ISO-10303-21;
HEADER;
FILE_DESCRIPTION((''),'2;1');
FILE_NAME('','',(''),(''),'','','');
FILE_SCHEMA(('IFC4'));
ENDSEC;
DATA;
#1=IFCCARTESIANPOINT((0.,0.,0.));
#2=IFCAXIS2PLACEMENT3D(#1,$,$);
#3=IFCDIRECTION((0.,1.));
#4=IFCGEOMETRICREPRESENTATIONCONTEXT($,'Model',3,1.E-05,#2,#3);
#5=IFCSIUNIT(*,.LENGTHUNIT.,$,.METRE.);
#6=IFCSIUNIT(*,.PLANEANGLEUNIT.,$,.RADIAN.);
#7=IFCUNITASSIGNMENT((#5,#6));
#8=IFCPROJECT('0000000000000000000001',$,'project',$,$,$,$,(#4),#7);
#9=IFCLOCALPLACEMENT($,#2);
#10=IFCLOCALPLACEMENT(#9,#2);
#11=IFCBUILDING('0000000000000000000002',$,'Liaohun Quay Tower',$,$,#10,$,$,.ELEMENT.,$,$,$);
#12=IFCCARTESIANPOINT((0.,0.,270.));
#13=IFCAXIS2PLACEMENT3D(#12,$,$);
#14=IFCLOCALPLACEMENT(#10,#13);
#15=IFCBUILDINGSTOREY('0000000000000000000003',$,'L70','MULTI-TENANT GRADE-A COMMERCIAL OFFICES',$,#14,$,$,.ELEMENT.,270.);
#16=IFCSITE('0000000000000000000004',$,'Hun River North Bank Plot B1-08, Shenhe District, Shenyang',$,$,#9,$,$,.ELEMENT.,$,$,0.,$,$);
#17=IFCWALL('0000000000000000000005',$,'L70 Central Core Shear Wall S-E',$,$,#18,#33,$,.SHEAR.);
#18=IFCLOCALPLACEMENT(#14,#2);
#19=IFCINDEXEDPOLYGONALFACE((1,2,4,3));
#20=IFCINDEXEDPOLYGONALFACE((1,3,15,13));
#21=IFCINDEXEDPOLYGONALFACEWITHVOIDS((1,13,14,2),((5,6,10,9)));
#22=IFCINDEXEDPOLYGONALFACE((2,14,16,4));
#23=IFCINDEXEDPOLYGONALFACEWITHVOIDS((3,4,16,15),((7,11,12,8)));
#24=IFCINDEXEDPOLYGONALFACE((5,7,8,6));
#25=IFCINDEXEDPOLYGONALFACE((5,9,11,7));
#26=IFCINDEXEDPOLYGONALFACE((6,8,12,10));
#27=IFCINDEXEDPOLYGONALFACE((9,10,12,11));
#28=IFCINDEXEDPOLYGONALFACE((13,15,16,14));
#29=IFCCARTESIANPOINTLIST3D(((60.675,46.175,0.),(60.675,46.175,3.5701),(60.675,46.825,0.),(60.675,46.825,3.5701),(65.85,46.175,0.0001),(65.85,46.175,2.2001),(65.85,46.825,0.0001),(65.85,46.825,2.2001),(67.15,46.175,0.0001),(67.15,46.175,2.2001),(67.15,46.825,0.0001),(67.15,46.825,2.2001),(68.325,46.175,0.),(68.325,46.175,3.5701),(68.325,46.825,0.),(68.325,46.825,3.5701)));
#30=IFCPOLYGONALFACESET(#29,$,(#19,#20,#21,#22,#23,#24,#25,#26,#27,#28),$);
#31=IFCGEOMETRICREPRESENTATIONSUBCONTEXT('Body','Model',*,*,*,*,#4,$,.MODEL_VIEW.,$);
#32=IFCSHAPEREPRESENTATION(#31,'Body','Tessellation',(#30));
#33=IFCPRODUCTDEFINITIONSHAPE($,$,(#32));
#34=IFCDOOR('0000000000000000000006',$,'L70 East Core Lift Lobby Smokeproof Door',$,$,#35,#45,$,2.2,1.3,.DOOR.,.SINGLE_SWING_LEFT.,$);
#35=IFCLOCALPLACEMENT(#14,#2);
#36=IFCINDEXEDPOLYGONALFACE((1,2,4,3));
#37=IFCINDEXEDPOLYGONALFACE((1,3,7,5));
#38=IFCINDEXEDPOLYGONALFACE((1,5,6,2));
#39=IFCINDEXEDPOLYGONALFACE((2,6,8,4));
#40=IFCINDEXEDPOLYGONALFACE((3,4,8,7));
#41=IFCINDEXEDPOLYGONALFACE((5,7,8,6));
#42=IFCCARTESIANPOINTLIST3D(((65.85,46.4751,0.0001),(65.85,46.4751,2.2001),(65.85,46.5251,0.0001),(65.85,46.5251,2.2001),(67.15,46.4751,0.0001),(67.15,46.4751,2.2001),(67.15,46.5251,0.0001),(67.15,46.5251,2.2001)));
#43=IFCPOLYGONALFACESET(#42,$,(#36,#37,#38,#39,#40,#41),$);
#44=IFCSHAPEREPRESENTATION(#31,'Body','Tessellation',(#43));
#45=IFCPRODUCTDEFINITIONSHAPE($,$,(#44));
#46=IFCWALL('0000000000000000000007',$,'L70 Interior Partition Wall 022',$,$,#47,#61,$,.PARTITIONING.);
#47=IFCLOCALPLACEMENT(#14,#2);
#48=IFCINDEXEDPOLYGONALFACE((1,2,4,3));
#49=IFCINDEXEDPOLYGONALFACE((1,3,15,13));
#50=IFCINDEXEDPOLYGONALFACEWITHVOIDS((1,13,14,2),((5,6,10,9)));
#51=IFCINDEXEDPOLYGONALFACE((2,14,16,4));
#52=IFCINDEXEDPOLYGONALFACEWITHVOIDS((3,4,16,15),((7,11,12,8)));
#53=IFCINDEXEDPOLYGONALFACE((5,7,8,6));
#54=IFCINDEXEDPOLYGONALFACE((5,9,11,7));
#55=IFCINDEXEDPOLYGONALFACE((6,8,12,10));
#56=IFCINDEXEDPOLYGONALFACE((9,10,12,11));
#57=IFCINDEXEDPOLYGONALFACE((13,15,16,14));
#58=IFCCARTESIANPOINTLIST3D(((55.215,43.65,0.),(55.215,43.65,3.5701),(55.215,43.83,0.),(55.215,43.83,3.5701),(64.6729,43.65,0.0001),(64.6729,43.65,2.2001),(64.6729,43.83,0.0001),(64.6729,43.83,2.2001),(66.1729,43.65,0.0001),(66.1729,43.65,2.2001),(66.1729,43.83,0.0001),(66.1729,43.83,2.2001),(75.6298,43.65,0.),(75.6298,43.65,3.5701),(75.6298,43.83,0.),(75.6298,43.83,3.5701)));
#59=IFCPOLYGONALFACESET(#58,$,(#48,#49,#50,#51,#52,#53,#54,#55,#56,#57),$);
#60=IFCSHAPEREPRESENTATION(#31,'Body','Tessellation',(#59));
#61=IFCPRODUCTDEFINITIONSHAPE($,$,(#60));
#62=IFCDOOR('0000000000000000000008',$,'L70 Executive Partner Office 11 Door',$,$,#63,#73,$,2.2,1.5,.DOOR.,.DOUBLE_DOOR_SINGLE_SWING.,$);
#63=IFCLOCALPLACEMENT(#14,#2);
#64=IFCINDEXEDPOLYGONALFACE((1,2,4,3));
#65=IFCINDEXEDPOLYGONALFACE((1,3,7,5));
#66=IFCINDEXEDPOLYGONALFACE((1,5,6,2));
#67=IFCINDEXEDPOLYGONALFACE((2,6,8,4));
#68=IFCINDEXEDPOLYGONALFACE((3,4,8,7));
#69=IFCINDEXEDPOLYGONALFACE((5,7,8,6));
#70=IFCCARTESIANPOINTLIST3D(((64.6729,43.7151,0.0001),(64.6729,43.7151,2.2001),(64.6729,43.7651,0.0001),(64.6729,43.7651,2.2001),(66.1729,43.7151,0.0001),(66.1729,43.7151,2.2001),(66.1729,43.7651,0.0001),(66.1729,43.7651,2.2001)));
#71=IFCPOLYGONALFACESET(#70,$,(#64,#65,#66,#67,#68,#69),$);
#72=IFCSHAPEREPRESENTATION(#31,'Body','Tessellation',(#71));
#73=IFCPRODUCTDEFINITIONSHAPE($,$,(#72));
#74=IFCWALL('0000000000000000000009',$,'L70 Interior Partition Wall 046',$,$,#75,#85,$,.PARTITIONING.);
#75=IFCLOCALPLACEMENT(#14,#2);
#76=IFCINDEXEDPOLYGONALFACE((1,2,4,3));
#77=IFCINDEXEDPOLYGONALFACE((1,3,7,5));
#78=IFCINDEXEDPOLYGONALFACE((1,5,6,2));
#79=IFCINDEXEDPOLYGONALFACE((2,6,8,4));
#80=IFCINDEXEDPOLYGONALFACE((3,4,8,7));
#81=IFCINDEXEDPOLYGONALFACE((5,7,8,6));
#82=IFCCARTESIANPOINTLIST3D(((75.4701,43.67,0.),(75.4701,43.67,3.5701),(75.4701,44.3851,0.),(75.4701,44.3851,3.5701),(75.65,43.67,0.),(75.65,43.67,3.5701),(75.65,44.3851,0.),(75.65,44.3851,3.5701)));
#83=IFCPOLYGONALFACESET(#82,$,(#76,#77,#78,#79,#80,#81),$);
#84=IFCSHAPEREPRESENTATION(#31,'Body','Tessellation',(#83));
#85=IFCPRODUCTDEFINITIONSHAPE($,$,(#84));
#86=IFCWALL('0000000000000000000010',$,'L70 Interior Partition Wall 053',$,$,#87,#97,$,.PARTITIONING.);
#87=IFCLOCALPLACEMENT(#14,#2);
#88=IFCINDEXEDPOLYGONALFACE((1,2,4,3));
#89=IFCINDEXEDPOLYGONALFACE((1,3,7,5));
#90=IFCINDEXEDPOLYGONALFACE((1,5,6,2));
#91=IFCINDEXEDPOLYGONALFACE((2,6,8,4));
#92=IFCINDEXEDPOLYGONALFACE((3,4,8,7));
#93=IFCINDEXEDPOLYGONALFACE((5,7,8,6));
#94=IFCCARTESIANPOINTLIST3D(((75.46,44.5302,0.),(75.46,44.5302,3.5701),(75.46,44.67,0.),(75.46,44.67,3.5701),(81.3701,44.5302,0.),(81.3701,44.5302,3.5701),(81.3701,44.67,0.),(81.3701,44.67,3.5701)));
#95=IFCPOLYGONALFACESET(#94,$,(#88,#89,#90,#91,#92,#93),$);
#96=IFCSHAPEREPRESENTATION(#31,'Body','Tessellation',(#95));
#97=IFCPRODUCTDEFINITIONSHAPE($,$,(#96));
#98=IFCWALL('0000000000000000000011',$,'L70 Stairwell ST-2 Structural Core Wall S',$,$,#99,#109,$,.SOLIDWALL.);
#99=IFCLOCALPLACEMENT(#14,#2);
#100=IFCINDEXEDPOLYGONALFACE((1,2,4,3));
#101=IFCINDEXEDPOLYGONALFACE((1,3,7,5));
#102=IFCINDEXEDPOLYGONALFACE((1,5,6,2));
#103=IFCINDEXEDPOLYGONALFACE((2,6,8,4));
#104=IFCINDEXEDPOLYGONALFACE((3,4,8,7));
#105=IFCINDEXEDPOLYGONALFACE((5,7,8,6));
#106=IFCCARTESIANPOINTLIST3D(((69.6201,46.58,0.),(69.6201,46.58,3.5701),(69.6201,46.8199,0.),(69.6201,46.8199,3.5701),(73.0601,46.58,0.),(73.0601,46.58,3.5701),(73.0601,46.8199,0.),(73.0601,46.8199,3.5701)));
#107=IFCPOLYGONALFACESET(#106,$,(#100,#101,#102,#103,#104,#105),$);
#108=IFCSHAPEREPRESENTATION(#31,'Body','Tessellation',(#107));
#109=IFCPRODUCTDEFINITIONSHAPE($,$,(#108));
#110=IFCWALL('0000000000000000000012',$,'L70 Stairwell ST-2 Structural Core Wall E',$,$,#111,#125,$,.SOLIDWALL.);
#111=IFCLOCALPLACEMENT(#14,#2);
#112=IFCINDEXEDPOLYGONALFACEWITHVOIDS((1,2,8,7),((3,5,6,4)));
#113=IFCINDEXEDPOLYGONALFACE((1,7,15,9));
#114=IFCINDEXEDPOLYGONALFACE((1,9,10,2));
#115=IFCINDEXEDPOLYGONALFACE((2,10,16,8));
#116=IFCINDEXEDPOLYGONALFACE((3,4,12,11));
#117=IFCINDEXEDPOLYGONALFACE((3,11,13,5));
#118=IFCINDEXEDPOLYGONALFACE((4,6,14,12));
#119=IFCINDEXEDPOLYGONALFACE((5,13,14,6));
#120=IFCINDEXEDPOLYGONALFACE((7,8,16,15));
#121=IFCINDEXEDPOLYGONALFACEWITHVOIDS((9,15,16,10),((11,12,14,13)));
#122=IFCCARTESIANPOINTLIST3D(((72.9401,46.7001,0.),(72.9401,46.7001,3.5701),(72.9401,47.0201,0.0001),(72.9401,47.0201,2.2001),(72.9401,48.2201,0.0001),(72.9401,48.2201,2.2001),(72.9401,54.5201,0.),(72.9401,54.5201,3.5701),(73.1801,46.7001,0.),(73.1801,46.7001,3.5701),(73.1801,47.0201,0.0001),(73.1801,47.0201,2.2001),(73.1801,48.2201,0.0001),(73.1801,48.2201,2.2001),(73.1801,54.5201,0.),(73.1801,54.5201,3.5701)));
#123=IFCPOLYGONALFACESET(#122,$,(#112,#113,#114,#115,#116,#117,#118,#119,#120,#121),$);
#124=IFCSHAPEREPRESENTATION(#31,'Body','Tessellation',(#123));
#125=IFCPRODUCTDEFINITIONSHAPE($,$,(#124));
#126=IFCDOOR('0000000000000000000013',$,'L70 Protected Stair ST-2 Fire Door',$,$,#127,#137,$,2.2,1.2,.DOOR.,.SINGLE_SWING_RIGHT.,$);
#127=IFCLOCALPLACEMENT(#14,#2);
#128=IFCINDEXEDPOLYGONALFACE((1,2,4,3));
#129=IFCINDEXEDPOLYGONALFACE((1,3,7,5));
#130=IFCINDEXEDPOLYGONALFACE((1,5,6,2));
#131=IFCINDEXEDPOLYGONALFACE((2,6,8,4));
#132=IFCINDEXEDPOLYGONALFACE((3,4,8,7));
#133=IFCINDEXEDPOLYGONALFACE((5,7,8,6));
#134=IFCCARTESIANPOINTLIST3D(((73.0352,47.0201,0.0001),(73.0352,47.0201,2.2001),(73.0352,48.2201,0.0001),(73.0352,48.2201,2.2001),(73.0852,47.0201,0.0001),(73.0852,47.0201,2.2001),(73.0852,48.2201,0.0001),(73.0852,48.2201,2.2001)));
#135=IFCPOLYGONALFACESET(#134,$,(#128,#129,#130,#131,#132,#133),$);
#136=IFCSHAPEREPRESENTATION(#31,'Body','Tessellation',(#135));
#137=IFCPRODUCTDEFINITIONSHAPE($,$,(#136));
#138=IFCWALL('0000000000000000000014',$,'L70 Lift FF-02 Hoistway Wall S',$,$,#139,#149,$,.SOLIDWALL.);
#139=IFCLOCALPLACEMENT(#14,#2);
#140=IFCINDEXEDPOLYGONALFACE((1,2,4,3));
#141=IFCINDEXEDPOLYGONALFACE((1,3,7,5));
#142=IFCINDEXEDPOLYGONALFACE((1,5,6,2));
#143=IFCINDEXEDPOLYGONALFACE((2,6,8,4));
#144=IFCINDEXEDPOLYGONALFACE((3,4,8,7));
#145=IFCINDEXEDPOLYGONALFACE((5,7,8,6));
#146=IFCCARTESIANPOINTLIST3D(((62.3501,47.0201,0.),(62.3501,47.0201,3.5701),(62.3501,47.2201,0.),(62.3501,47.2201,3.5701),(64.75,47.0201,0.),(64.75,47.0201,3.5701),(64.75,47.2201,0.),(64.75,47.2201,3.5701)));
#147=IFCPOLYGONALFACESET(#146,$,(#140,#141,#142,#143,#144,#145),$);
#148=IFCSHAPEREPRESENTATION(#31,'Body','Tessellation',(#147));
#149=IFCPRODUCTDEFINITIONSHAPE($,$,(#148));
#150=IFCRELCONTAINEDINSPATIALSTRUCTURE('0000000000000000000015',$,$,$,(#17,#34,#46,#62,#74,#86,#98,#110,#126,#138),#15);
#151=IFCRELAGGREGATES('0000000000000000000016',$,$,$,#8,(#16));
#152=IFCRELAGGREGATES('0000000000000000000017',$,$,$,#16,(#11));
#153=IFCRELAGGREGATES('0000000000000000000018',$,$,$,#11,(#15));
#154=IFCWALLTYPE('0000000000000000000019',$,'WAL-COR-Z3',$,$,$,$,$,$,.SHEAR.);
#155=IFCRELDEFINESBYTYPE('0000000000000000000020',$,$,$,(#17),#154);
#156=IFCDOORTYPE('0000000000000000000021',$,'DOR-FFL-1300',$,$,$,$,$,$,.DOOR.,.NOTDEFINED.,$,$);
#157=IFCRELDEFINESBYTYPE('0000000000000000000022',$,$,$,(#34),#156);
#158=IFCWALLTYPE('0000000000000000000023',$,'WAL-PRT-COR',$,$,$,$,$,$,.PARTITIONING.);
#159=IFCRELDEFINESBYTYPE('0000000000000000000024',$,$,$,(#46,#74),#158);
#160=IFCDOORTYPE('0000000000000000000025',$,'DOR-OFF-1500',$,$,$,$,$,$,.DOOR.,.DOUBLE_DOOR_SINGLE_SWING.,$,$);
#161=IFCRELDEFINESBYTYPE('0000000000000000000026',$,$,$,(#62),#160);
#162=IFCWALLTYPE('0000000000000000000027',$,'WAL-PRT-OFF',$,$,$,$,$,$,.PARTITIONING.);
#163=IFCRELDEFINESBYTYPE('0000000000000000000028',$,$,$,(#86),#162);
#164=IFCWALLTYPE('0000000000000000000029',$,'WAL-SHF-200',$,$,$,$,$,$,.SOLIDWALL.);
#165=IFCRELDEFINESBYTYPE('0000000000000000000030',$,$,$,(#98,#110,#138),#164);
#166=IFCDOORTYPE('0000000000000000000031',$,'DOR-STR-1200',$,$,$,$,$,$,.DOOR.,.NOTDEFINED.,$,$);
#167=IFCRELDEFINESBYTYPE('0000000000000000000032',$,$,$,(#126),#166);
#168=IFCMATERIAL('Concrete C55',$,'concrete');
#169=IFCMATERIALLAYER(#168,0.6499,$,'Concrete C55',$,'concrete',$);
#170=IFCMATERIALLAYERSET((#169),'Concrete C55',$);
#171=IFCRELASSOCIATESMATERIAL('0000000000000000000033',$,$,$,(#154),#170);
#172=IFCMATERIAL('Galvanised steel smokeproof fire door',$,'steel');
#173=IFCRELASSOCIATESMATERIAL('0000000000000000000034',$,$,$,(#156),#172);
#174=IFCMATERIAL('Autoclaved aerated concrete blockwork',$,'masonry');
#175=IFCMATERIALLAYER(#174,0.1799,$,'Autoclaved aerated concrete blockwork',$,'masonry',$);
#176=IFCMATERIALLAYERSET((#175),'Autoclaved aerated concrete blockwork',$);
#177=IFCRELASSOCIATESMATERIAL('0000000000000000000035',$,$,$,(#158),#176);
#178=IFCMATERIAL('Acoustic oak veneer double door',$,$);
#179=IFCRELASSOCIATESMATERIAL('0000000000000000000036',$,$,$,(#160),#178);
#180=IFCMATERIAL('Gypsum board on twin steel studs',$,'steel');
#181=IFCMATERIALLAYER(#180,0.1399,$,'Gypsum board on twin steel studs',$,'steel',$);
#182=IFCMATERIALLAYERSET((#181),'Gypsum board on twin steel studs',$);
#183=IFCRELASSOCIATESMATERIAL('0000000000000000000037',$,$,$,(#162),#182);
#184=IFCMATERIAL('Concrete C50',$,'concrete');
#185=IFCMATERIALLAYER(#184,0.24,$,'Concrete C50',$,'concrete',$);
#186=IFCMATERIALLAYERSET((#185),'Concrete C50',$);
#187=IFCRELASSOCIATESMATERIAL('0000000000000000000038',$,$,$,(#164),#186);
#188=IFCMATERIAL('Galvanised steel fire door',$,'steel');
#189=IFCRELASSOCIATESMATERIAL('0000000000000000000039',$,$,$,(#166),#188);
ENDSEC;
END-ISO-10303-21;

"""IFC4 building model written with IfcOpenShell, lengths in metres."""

from ifc_helpers import new_model, si_unit, direction, frame, frame_2d, origin, place, context, subcontext, project, spatial, rectangle, extrude, source, transform, mapped, material, layer, layer_set, type_object, element, fill, save


model = new_model("IFC4")

# Units and contexts
model_context = context("Model", 3, precision=1e-05, world=origin(), true_north=direction((0.0, 1.0)))
body_context = subcontext(model_context, "Body", "Model", "MODEL_VIEW")
ifc_project = project(units=[si_unit("LENGTHUNIT", "METRE"), si_unit("PLANEANGLEUNIT", "RADIAN")], contexts=[model_context])

# Site, building, storey
site_placement = place(None, origin())
site = spatial("IfcSite", under=ifc_project, at=site_placement, Name="Hun River North Bank Plot B1-08, Shenhe District, Shenyang", CompositionType="ELEMENT", RefElevation=0.0)
building_placement = place(site_placement, origin())
building = spatial("IfcBuilding", under=site, at=building_placement, Name="Liaohun Quay Tower", CompositionType="ELEMENT")
storey_placement = place(building_placement, frame((0.0, 0.0, 270.0)))
storey = spatial("IfcBuildingStorey", under=building, at=storey_placement, Name="L70", Description="MULTI-TENANT GRADE-A COMMERCIAL OFFICES", CompositionType="ELEMENT", Elevation=270.0)

# Shared definitions
ifc_material_1 = material(Name="Concrete C55", Category="concrete")

# Walls, openings, doors
ifc_layer_1 = layer(ifc_material_1, 0.6499, Name="Concrete C55", Category="concrete")
ifc_layer_set_1 = layer_set([ifc_layer_1], Name="Concrete C55")
wall_type_1 = type_object("IfcWallType", Name="WAL-COR-Z3", PredefinedType="SHEAR", material=ifc_layer_set_1)
wall_1_placement = place(storey_placement, frame((68.325, 46.5, 0.0), z_axis=(0.0, 0.0, 1.0), x_axis=(-1.0, 0.0, 0.0)))
wall_1 = element("IfcWall", 1, at=wall_1_placement, inside=storey, type_object=wall_type_1, Name="L70 Central Core Shear Wall S-E", PredefinedType="SHEAR", context=body_context, shape_type="SweptSolid", body=[
    extrude(rectangle(XDim=7.6499, YDim=0.6499, at=frame_2d((3.825, 0.0))), origin(), (0.0, 0.0, 1.0), 3.5701),
])
shared_shape_1 = source(origin(), body_context, "Body", "SweptSolid", [
    extrude(rectangle(XDim=1.3, YDim=2.2, at=frame_2d((0.6499, 1.1001))), frame((0.0, 0.335, 0.0), z_axis=(0.0, -1.0, 0.0), x_axis=(1.0, 0.0, 0.0)), (0.0, 0.0, 1.0), 0.6699),
])
opening_1_placement = place(wall_1_placement, frame((1.175, 0.0, 0.0)))
opening_1 = element("IfcOpeningElement", 2, at=opening_1_placement, cuts=wall_1, PredefinedType="OPENING", context=body_context, shape_type="MappedRepresentation", body=[
    mapped(shared_shape_1, transform((0.0, 0.0, 0.0), x_axis=(1.0, 0.0, 0.0), y_axis=(0.0, 1.0, 0.0), z_axis=(0.0, 0.0, 1.0), scale=1.0)),
])
ifc_material_2 = material(Name="Galvanised steel smokeproof fire door", Category="steel")
door_type_1 = type_object("IfcDoorType", Name="DOR-FFL-1300", OperationType="NOTDEFINED", PredefinedType="DOOR", material=ifc_material_2)
shared_shape_2 = source(origin(), body_context, "Body", "SweptSolid", [
    extrude(rectangle(XDim=1.3, YDim=2.2, at=frame_2d((0.6499, 1.1001))), frame((0.0, 0.0249, 0.0), z_axis=(0.0, -1.0, 0.0), x_axis=(1.0, 0.0, 0.0)), (0.0, 0.0, 1.0), 0.05),
])
door_1_placement = place(opening_1_placement, origin())
door_1 = element("IfcDoor", 3, at=door_1_placement, inside=storey, type_object=door_type_1, Name="L70 East Core Lift Lobby Smokeproof Door", OperationType="SINGLE_SWING_LEFT", OverallHeight=2.2, OverallWidth=1.3, PredefinedType="DOOR", context=body_context, shape_type="MappedRepresentation", body=[
    mapped(shared_shape_2, transform((0.0, 0.0, 0.0), x_axis=(1.0, 0.0, 0.0), y_axis=(0.0, 1.0, 0.0), z_axis=(0.0, 0.0, 1.0), scale=1.0)),
])
fill(opening_1, door_1)
ifc_material_3 = material(Name="Autoclaved aerated concrete blockwork", Category="masonry")
ifc_layer_2 = layer(ifc_material_3, 0.1799, Name="Autoclaved aerated concrete blockwork", Category="masonry")
ifc_layer_set_2 = layer_set([ifc_layer_2], Name="Autoclaved aerated concrete blockwork")
wall_type_2 = type_object("IfcWallType", Name="WAL-PRT-COR", PredefinedType="PARTITIONING", material=ifc_layer_set_2)
wall_2_placement = place(storey_placement, frame((75.6299, 43.74, 0.0), z_axis=(0.0, 0.0, 1.0), x_axis=(-1.0, 0.0, 0.0)))
wall_2 = element("IfcWall", 4, at=wall_2_placement, inside=storey, type_object=wall_type_2, Name="L70 Interior Partition Wall 022", PredefinedType="PARTITIONING", context=body_context, shape_type="SweptSolid", body=[
    extrude(rectangle(XDim=20.4148, YDim=0.1799, at=frame_2d((10.2075, 0.0))), origin(), (0.0, 0.0, 1.0), 3.5701),
])
shared_shape_3 = source(origin(), body_context, "Body", "SweptSolid", [
    extrude(rectangle(XDim=1.5, YDim=2.2, at=frame_2d((0.75, 1.1001))), frame((0.0, 0.0999, 0.0), z_axis=(0.0, -1.0, 0.0), x_axis=(1.0, 0.0, 0.0)), (0.0, 0.0, 1.0), 0.2),
])
opening_2_placement = place(wall_2_placement, frame((9.457, 0.0, 0.0)))
opening_2 = element("IfcOpeningElement", 5, at=opening_2_placement, cuts=wall_2, PredefinedType="OPENING", context=body_context, shape_type="MappedRepresentation", body=[
    mapped(shared_shape_3, transform((0.0, 0.0, 0.0), x_axis=(1.0, 0.0, 0.0), y_axis=(0.0, 1.0, 0.0), z_axis=(0.0, 0.0, 1.0), scale=1.0)),
])
ifc_material_4 = material(Name="Acoustic oak veneer double door")
door_type_2 = type_object("IfcDoorType", Name="DOR-OFF-1500", OperationType="DOUBLE_DOOR_SINGLE_SWING", PredefinedType="DOOR", material=ifc_material_4)
shared_shape_4 = source(origin(), body_context, "Body", "SweptSolid", [
    extrude(rectangle(XDim=1.5, YDim=2.2, at=frame_2d((0.75, 1.1001))), frame((0.0, 0.0249, 0.0), z_axis=(0.0, -1.0, 0.0), x_axis=(1.0, 0.0, 0.0)), (0.0, 0.0, 1.0), 0.05),
])
door_2_placement = place(opening_2_placement, origin())
door_2 = element("IfcDoor", 6, at=door_2_placement, inside=storey, type_object=door_type_2, Name="L70 Executive Partner Office 11 Door", OperationType="DOUBLE_DOOR_SINGLE_SWING", OverallHeight=2.2, OverallWidth=1.5, PredefinedType="DOOR", context=body_context, shape_type="MappedRepresentation", body=[
    mapped(shared_shape_4, transform((0.0, 0.0, 0.0), x_axis=(1.0, 0.0, 0.0), y_axis=(0.0, 1.0, 0.0), z_axis=(0.0, 0.0, 1.0), scale=1.0)),
])
fill(opening_2, door_2)

# Walls
wall_3_placement = place(storey_placement, frame((75.5601, 44.385, 0.0), z_axis=(0.0, 0.0, 1.0), x_axis=(0.0, -1.0, 0.0)))
element("IfcWall", 7, at=wall_3_placement, inside=storey, type_object=wall_type_2, Name="L70 Interior Partition Wall 046", PredefinedType="PARTITIONING", context=body_context, shape_type="SweptSolid", body=[
    extrude(rectangle(XDim=0.7151, YDim=0.1799, at=frame_2d((0.3574, 0.0))), origin(), (0.0, 0.0, 1.0), 3.5701),
])
ifc_material_5 = material(Name="Gypsum board on twin steel studs", Category="steel")
ifc_layer_3 = layer(ifc_material_5, 0.1399, Name="Gypsum board on twin steel studs", Category="steel")
ifc_layer_set_3 = layer_set([ifc_layer_3], Name="Gypsum board on twin steel studs")
wall_type_3 = type_object("IfcWallType", Name="WAL-PRT-OFF", PredefinedType="PARTITIONING", material=ifc_layer_set_3)
wall_4_placement = place(storey_placement, frame((75.46, 44.6001, 0.0), z_axis=(0.0, 0.0, 1.0), x_axis=(1.0, 0.0, 0.0)))
element("IfcWall", 8, at=wall_4_placement, inside=storey, type_object=wall_type_3, Name="L70 Interior Partition Wall 053", PredefinedType="PARTITIONING", context=body_context, shape_type="SweptSolid", body=[
    extrude(rectangle(XDim=5.9102, YDim=0.1399, at=frame_2d((2.9551, 0.0))), origin(), (0.0, 0.0, 1.0), 3.5701),
])
ifc_material_6 = material(Name="Concrete C50", Category="concrete")
ifc_layer_4 = layer(ifc_material_6, 0.24, Name="Concrete C50", Category="concrete")
ifc_layer_set_4 = layer_set([ifc_layer_4], Name="Concrete C50")
wall_type_4 = type_object("IfcWallType", Name="WAL-SHF-200", PredefinedType="SOLIDWALL", material=ifc_layer_set_4)
wall_5_placement = place(storey_placement, frame((69.6201, 46.7, 0.0), z_axis=(0.0, 0.0, 1.0), x_axis=(1.0, 0.0, 0.0)))
element("IfcWall", 9, at=wall_5_placement, inside=storey, type_object=wall_type_4, Name="L70 Stairwell ST-2 Structural Core Wall S", PredefinedType="SOLIDWALL", context=body_context, shape_type="SweptSolid", body=[
    extrude(rectangle(XDim=3.4399, YDim=0.24, at=frame_2d((1.72, 0.0))), origin(), (0.0, 0.0, 1.0), 3.5701),
])

# Wall, opening, door
wall_6_placement = place(storey_placement, frame((73.0601, 46.7, 0.0), z_axis=(0.0, 0.0, 1.0), x_axis=(0.0, 1.0, 0.0)))
wall_6 = element("IfcWall", 10, at=wall_6_placement, inside=storey, type_object=wall_type_4, Name="L70 Stairwell ST-2 Structural Core Wall E", PredefinedType="SOLIDWALL", context=body_context, shape_type="SweptSolid", body=[
    extrude(rectangle(XDim=7.8201, YDim=0.24, at=frame_2d((3.9102, 0.0))), origin(), (0.0, 0.0, 1.0), 3.5701),
])
shared_shape_5 = source(origin(), body_context, "Body", "SweptSolid", [
    extrude(rectangle(XDim=1.2, YDim=2.2, at=frame_2d((0.6001, 1.1001))), frame((0.0, 0.1299, 0.0), z_axis=(0.0, -1.0, 0.0), x_axis=(1.0, 0.0, 0.0)), (0.0, 0.0, 1.0), 0.26),
])
opening_3_placement = place(wall_6_placement, frame((0.3201, 0.0, 0.0)))
opening_3 = element("IfcOpeningElement", 11, at=opening_3_placement, cuts=wall_6, PredefinedType="OPENING", context=body_context, shape_type="MappedRepresentation", body=[
    mapped(shared_shape_5, transform((0.0, 0.0, 0.0), x_axis=(1.0, 0.0, 0.0), y_axis=(0.0, 1.0, 0.0), z_axis=(0.0, 0.0, 1.0), scale=1.0)),
])
ifc_material_7 = material(Name="Galvanised steel fire door", Category="steel")
door_type_3 = type_object("IfcDoorType", Name="DOR-STR-1200", OperationType="NOTDEFINED", PredefinedType="DOOR", material=ifc_material_7)
shared_shape_6 = source(origin(), body_context, "Body", "SweptSolid", [
    extrude(rectangle(XDim=1.2, YDim=2.2, at=frame_2d((0.6001, 1.1001))), frame((0.0, 0.0249, 0.0), z_axis=(0.0, -1.0, 0.0), x_axis=(1.0, 0.0, 0.0)), (0.0, 0.0, 1.0), 0.05),
])
door_3_placement = place(opening_3_placement, origin())
door_3 = element("IfcDoor", 12, at=door_3_placement, inside=storey, type_object=door_type_3, Name="L70 Protected Stair ST-2 Fire Door", OperationType="SINGLE_SWING_RIGHT", OverallHeight=2.2, OverallWidth=1.2, PredefinedType="DOOR", context=body_context, shape_type="MappedRepresentation", body=[
    mapped(shared_shape_6, transform((0.0, 0.0, 0.0), x_axis=(1.0, 0.0, 0.0), y_axis=(0.0, 1.0, 0.0), z_axis=(0.0, 0.0, 1.0), scale=1.0)),
])
fill(opening_3, door_3)

# Wall
wall_7_placement = place(storey_placement, frame((62.3501, 47.1201, 0.0), z_axis=(0.0, 0.0, 1.0), x_axis=(1.0, 0.0, 0.0)))
element("IfcWall", 13, at=wall_7_placement, inside=storey, type_object=wall_type_4, Name="L70 Lift FF-02 Hoistway Wall S", PredefinedType="SOLIDWALL", context=body_context, shape_type="SweptSolid", body=[
    extrude(rectangle(XDim=2.3999, YDim=0.2, at=frame_2d((1.2, 0.0))), origin(), (0.0, 0.0, 1.0), 3.5701),
])

save(model, "model.ifc")
